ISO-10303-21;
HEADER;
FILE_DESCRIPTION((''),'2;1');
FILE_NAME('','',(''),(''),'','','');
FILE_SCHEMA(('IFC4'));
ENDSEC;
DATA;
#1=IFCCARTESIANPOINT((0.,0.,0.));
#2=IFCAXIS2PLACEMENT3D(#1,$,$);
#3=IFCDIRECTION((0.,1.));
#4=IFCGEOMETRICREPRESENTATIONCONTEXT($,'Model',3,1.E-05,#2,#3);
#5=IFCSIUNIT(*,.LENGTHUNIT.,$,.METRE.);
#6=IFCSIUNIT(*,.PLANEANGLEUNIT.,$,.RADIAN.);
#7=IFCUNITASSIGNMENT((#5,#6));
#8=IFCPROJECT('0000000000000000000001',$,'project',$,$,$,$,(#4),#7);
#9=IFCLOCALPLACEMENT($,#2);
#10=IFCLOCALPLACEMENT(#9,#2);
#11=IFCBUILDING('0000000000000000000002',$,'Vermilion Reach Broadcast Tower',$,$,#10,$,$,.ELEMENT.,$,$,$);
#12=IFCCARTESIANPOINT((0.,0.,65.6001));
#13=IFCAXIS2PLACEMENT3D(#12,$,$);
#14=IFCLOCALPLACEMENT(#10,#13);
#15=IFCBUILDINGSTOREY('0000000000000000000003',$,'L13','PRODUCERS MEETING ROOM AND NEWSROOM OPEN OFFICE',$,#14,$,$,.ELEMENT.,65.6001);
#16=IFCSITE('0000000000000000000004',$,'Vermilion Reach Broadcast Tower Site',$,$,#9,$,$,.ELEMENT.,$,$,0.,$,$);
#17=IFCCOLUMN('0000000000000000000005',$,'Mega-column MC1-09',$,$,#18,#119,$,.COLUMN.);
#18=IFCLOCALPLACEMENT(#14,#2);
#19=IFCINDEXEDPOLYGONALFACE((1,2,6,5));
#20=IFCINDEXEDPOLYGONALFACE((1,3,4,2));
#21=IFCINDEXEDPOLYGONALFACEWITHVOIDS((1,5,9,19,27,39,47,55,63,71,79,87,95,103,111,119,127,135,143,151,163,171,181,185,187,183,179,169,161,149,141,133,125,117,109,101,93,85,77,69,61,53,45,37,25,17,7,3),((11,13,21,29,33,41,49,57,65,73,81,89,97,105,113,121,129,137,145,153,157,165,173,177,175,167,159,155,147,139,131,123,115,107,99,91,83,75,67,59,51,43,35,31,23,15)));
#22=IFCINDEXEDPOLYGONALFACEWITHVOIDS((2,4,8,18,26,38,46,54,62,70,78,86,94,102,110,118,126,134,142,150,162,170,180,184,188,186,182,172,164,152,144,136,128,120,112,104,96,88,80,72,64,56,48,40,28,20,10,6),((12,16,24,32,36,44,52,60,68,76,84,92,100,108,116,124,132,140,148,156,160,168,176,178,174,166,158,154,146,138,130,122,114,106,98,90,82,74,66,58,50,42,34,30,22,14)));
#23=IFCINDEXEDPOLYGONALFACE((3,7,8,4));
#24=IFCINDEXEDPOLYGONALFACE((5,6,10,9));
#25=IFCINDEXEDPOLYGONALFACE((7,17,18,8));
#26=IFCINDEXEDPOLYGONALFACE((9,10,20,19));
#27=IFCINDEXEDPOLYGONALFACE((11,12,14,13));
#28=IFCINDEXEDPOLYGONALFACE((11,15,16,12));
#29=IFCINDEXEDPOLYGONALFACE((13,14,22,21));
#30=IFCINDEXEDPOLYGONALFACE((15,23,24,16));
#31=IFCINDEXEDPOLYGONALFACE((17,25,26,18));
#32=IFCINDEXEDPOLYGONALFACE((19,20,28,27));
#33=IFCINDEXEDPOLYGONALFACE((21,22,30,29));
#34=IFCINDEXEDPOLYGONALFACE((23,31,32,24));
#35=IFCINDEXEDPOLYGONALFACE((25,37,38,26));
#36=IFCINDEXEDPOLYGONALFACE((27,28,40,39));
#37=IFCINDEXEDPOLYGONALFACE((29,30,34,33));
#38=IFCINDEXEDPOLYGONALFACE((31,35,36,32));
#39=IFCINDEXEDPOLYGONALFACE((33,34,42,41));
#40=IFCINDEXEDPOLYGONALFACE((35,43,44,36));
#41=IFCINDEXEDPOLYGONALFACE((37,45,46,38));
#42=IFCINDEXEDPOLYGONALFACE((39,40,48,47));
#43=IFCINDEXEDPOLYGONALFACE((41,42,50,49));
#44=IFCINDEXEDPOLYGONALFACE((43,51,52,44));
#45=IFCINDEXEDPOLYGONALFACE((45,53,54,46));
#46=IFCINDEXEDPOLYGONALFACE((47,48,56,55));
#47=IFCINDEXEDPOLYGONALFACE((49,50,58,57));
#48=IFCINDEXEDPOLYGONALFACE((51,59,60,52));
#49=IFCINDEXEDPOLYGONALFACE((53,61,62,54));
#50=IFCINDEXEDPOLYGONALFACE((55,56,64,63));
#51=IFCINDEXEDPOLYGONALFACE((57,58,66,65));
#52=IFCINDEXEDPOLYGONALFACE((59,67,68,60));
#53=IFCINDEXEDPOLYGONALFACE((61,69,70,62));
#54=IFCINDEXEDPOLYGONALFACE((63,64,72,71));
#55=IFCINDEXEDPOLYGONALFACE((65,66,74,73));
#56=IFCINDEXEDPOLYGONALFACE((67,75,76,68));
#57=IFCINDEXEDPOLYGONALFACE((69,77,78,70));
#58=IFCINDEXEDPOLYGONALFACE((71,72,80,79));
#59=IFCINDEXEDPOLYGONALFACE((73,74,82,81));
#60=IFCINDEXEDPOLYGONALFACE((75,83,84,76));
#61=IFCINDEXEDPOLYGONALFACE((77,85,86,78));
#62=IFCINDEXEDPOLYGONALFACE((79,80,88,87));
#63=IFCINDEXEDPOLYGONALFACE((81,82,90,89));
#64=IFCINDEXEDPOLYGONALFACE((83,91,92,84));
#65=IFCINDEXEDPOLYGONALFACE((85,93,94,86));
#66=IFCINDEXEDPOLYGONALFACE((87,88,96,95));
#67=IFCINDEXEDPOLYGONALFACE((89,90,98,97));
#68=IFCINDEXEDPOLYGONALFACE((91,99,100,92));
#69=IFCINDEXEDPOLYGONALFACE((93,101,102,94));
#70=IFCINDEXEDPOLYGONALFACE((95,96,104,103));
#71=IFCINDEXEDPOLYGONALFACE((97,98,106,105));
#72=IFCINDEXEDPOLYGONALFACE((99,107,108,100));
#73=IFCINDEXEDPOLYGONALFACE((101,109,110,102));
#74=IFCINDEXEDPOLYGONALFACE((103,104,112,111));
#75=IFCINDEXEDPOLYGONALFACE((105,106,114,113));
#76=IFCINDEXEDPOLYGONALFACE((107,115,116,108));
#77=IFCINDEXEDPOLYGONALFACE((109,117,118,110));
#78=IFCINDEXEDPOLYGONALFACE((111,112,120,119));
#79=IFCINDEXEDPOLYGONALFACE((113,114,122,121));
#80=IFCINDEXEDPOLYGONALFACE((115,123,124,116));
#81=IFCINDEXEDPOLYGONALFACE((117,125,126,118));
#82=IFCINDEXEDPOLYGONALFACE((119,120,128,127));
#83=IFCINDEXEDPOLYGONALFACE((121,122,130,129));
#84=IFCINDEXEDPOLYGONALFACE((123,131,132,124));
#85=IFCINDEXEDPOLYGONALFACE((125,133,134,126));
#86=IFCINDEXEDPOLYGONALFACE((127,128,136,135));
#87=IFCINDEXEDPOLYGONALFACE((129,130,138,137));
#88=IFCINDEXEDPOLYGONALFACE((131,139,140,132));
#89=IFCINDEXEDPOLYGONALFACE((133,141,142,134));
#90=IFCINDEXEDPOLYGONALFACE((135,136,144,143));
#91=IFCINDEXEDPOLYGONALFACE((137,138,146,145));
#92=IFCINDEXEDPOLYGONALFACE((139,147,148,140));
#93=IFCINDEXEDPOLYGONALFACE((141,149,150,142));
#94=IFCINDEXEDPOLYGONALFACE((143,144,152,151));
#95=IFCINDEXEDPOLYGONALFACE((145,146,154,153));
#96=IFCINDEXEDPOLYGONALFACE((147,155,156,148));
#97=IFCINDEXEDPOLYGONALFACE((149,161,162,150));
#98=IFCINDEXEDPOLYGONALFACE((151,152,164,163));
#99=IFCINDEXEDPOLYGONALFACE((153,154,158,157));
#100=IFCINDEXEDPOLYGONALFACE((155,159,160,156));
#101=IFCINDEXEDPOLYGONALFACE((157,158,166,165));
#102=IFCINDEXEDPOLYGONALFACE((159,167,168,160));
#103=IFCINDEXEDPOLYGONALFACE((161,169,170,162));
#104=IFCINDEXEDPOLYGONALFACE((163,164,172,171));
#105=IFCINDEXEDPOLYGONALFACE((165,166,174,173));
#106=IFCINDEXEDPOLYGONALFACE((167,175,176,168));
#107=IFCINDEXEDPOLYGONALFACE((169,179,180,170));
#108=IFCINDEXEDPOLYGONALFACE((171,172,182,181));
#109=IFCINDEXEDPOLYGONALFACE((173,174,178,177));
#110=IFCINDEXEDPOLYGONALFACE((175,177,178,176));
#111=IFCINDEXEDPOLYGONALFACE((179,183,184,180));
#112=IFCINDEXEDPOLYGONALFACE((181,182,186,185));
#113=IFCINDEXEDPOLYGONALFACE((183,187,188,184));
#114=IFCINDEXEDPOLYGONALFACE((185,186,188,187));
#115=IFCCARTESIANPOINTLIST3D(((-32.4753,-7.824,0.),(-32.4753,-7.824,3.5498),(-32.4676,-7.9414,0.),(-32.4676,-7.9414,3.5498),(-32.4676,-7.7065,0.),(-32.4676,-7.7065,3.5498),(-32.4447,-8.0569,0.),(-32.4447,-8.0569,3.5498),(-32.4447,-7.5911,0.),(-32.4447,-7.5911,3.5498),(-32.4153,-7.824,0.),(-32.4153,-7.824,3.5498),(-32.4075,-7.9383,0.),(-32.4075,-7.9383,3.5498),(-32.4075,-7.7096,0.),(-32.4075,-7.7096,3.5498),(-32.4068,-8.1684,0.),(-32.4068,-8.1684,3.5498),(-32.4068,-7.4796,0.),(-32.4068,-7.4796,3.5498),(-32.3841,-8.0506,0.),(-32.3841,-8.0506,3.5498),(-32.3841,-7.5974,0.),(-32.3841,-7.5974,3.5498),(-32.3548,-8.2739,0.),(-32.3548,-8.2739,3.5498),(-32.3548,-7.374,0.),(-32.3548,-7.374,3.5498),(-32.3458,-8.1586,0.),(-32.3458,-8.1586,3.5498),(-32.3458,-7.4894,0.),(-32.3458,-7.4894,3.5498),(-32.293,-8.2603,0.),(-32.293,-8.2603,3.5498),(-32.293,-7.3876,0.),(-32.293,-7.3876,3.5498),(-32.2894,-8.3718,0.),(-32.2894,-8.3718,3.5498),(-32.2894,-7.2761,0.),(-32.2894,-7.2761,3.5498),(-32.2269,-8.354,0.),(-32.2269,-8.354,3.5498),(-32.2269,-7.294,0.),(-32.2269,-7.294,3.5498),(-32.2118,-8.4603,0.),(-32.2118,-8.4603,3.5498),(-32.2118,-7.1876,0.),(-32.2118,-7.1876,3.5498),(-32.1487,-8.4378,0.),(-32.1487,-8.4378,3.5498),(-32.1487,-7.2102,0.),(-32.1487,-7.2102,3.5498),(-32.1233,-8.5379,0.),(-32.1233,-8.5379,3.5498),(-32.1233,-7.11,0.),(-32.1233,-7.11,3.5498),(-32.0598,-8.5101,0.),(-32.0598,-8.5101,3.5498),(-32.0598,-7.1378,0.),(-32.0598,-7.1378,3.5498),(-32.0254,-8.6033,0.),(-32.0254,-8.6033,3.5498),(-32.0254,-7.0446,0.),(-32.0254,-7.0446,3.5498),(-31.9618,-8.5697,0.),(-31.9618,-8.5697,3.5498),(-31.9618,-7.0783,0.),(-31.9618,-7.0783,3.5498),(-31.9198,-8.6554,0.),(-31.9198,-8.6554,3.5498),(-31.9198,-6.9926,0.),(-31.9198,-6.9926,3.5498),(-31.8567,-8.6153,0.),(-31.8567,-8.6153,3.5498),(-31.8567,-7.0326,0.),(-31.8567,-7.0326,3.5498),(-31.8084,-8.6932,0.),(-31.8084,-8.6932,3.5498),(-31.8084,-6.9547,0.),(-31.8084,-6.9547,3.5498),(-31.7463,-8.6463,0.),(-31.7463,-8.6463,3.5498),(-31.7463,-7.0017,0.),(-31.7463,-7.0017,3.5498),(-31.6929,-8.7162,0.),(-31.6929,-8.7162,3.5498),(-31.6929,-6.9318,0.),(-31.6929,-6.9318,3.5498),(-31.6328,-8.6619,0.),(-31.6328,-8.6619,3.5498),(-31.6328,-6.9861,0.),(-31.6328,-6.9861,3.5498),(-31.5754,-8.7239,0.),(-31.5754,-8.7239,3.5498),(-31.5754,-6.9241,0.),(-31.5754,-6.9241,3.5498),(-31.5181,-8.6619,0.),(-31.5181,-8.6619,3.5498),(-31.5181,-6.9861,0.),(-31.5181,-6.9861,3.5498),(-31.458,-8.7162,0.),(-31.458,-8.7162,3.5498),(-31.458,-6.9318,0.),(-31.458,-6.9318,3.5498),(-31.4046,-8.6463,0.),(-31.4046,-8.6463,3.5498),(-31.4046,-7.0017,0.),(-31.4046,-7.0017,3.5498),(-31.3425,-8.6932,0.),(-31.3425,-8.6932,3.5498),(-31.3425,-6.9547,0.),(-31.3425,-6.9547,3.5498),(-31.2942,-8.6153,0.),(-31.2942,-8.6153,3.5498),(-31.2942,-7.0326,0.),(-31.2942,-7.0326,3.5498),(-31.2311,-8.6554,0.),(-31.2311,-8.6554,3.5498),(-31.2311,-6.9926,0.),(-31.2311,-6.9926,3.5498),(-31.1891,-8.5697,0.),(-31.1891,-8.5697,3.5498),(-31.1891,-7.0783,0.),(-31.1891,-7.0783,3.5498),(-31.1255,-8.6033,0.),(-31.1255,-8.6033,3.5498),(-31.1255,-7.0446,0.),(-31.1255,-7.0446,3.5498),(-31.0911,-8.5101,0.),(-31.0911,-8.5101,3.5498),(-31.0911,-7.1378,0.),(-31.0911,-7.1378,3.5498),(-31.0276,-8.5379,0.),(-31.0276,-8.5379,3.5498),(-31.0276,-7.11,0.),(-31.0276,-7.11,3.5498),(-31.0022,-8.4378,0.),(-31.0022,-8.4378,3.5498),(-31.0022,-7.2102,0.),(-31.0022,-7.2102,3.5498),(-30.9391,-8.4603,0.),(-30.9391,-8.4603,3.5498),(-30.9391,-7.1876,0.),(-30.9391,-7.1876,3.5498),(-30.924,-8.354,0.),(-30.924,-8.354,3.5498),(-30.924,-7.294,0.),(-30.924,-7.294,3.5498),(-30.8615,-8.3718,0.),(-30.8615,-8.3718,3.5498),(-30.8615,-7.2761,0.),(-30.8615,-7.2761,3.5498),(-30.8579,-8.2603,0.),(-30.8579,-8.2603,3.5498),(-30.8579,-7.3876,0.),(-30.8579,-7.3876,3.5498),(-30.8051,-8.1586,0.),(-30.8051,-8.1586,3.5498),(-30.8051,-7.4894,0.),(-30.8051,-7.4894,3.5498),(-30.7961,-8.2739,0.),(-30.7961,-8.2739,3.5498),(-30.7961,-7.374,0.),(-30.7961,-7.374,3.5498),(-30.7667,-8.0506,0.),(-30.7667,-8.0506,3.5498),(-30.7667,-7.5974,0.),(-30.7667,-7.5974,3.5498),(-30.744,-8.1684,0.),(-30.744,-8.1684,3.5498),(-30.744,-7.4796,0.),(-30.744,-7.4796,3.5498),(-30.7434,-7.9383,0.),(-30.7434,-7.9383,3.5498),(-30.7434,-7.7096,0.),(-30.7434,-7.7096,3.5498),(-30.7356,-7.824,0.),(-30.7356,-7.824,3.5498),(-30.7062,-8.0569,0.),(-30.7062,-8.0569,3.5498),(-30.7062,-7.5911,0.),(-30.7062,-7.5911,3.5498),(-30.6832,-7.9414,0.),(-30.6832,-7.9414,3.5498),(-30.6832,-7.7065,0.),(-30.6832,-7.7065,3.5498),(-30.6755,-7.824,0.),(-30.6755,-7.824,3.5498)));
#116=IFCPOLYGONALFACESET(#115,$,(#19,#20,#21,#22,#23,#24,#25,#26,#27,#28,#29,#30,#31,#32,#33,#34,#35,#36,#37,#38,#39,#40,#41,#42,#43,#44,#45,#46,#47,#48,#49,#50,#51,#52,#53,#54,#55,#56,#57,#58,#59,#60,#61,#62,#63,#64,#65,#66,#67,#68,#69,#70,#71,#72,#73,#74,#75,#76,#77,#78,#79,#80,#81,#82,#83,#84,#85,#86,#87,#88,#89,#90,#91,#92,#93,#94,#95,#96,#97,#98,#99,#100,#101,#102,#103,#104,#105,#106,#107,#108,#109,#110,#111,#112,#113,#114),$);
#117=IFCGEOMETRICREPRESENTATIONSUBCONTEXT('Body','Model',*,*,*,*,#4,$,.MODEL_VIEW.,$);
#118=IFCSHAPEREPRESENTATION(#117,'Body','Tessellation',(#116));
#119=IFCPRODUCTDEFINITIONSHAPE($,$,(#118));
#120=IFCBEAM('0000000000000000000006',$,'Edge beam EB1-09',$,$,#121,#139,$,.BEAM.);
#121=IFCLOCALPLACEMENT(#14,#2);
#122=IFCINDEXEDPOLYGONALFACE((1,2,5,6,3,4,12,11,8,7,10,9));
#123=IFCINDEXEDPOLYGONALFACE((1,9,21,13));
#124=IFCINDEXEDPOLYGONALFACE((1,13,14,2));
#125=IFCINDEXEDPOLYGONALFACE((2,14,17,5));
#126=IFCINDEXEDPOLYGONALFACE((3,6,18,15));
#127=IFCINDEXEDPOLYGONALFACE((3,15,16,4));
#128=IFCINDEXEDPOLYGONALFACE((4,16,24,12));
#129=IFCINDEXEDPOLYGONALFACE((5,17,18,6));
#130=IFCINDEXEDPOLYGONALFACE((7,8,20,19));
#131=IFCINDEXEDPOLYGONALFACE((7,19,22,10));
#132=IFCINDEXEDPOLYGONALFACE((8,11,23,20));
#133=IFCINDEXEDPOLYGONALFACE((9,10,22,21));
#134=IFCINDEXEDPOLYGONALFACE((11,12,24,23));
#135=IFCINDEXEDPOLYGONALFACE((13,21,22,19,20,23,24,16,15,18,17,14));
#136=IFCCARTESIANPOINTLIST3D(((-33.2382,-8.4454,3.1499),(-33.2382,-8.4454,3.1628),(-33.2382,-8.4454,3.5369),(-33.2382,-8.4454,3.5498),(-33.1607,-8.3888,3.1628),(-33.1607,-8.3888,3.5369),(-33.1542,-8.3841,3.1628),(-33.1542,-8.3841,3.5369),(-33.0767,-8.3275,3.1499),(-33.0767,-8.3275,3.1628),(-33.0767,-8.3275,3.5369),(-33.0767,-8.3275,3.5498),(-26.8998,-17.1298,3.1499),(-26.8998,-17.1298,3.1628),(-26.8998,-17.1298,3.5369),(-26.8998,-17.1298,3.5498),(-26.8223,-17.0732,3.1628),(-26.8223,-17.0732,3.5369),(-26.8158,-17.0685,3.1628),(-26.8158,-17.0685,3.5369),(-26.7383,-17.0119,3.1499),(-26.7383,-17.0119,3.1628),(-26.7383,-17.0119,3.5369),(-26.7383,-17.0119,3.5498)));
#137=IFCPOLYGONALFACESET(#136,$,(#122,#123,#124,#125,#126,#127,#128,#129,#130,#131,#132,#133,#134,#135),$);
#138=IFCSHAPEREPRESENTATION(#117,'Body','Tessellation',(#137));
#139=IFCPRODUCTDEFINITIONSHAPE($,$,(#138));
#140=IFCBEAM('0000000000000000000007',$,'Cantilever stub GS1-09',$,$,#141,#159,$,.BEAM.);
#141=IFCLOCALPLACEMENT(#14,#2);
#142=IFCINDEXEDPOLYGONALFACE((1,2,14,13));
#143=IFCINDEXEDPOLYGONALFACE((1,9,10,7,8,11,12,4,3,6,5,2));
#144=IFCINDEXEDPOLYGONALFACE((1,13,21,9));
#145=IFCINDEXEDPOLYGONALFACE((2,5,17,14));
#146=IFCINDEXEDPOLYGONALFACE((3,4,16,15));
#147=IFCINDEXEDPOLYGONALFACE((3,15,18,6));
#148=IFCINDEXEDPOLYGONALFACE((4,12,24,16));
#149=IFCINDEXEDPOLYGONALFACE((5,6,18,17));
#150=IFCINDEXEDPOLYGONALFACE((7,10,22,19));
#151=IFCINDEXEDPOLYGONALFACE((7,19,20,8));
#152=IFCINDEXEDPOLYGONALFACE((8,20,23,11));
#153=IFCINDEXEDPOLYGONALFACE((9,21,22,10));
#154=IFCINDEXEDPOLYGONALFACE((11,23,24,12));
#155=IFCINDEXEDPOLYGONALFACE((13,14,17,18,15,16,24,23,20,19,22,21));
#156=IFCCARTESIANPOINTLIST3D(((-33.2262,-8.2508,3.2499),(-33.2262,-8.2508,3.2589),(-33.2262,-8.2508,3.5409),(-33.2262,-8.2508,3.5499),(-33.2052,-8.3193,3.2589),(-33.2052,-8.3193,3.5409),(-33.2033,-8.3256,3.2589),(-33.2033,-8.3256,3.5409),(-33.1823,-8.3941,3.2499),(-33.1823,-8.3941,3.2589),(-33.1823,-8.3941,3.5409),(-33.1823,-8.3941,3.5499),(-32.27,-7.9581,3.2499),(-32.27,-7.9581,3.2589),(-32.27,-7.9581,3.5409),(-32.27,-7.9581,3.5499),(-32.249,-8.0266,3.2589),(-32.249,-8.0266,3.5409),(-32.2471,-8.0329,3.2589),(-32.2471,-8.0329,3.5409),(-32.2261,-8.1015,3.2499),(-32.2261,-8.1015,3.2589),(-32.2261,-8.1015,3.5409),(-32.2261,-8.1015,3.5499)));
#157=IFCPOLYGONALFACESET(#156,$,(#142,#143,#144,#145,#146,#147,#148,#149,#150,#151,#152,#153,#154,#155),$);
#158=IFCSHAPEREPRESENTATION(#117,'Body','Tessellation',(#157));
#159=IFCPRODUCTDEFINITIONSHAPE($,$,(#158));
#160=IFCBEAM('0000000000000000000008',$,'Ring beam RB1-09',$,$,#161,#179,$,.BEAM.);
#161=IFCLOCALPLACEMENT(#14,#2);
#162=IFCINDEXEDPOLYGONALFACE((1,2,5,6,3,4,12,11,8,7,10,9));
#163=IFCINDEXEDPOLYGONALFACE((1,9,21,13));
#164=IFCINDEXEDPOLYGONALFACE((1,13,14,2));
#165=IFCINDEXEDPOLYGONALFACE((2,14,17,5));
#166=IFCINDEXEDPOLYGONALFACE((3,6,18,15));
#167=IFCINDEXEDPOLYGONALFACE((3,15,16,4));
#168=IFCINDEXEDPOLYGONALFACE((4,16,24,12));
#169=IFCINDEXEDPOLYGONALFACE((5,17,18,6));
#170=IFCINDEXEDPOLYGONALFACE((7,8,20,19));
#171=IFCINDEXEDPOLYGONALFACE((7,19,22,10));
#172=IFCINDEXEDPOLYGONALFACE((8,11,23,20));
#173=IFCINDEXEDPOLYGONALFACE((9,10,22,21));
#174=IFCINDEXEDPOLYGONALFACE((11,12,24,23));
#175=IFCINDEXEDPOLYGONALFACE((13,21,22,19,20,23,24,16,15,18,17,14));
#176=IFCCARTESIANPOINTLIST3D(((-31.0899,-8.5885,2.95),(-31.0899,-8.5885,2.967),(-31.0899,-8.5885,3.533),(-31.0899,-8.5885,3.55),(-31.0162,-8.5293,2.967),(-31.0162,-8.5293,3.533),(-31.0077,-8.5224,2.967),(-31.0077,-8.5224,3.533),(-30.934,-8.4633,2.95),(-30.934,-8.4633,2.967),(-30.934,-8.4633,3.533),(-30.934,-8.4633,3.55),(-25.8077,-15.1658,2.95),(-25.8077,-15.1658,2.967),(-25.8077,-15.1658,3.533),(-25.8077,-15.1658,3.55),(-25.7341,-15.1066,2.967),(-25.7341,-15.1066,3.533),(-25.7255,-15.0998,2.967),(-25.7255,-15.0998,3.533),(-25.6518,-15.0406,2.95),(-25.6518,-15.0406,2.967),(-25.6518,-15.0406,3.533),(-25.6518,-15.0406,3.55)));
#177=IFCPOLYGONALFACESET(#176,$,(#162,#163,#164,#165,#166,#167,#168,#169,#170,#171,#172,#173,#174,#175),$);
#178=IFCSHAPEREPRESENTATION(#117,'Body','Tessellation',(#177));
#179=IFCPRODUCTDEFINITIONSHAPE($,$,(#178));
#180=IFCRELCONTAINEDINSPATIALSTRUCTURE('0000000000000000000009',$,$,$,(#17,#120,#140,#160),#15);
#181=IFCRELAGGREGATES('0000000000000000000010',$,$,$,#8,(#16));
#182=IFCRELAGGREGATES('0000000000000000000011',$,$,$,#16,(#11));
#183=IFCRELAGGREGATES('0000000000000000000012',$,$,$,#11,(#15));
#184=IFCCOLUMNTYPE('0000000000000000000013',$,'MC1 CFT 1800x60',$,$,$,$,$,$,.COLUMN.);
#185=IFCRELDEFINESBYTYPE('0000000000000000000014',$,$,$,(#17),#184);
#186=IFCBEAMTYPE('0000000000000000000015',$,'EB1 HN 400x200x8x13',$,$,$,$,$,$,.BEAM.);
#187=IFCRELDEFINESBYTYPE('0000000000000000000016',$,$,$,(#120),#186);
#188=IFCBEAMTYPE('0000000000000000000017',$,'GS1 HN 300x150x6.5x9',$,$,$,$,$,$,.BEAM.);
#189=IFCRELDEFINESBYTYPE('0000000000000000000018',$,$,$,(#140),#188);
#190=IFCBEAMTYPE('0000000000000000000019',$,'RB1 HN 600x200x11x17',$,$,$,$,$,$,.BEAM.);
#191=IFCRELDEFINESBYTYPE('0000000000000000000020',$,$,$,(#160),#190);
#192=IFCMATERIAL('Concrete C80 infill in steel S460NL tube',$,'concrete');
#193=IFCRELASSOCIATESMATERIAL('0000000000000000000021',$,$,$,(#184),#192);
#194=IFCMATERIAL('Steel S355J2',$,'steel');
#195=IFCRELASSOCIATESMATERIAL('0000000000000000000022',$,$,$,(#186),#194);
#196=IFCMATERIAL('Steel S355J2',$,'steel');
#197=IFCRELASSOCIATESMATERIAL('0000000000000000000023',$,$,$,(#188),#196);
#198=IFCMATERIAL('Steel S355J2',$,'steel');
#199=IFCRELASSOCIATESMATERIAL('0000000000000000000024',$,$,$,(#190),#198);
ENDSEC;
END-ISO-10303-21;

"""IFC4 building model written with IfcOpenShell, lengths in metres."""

from ifc_helpers import new_model, si_unit, direction, frame, origin, origin_2d, place, context, subcontext, project, spatial, hollow_circle, i_section, extrude, material, material_profile, profile_set, type_object, element, save


model = new_model("IFC4")

# Units and contexts
model_context = context("Model", 3, precision=1e-05, world=origin(), true_north=direction((0.0, 1.0)))
body_context = subcontext(model_context, "Body", "Model", "MODEL_VIEW")
ifc_project = project(units=[si_unit("LENGTHUNIT", "METRE"), si_unit("PLANEANGLEUNIT", "RADIAN")], contexts=[model_context])

# Site, building, storey
site_placement = place(None, origin())
site = spatial("IfcSite", under=ifc_project, at=site_placement, Name="Vermilion Reach Broadcast Tower Site", CompositionType="ELEMENT", RefElevation=0.0)
building_placement = place(site_placement, origin())
building = spatial("IfcBuilding", under=site, at=building_placement, Name="Vermilion Reach Broadcast Tower", CompositionType="ELEMENT")
storey_placement = place(building_placement, frame((0.0, 0.0, 65.6001)))
storey = spatial("IfcBuildingStorey", under=building, at=storey_placement, Name="L13", Description="PRODUCERS MEETING ROOM AND NEWSROOM OPEN OFFICE", CompositionType="ELEMENT", Elevation=65.6001)

# Column
ifc_material_1 = material(Name="Concrete C80 infill in steel S460NL tube", Category="concrete")
ifc_material_profile_1 = material_profile(ifc_material_1, hollow_circle(Radius=0.8999, WallThickness=0.0601, at=origin_2d()), Name="Concrete C80 infill in steel S460NL tube CFT 1800x60")
ifc_profile_set_1 = profile_set([ifc_material_profile_1], Name="Concrete C80 infill in steel S460NL tube")
column_type = type_object("IfcColumnType", Name="MC1 CFT 1800x60", PredefinedType="COLUMN", material=ifc_profile_set_1)
column_placement = place(storey_placement, frame((-31.5754, -7.824, 0.0), z_axis=(0.0, 0.0, 1.0), x_axis=(1.0, 0.0, 0.0)))
element("IfcColumn", 1, at=column_placement, inside=storey, type_object=column_type, Name="Mega-column MC1-09", PredefinedType="COLUMN", context=body_context, shape_type="SweptSolid", body=[
    extrude(hollow_circle(Radius=0.8999, WallThickness=0.0601, at=origin_2d()), origin(), (0.0, 0.0, 1.0), 3.5498),
])

# Beams
ifc_material_2 = material(Name="Steel S355J2", Category="steel")
ifc_material_profile_2 = material_profile(ifc_material_2, i_section(OverallWidth=0.2, OverallDepth=0.3999, WebThickness=0.0081, FlangeThickness=0.0129, at=origin_2d()), Name="S355J2 HN 400x200x8x13")
ifc_profile_set_2 = profile_set([ifc_material_profile_2], Name="Steel S355J2")
beam_type_1 = type_object("IfcBeamType", Name="EB1 HN 400x200x8x13", PredefinedType="BEAM", material=ifc_profile_set_2)
beam_1_placement = place(storey_placement, frame((-33.1575, -8.3865, 3.3499), z_axis=(0.58954, -0.807739, 0.0), x_axis=(0.807739, 0.58954, 0.0)))
element("IfcBeam", 2, at=beam_1_placement, inside=storey, type_object=beam_type_1, Name="Edge beam EB1-09", PredefinedType="BEAM", context=body_context, shape_type="SweptSolid", body=[
    extrude(i_section(OverallWidth=0.2, OverallDepth=0.3999, WebThickness=0.0081, FlangeThickness=0.0129, at=origin_2d()), origin(), (0.0, 0.0, 1.0), 10.7515),
])
ifc_material_3 = material(Name="Steel S355J2", Category="steel")
ifc_material_profile_3 = material_profile(ifc_material_3, i_section(OverallWidth=0.1499, OverallDepth=0.3, WebThickness=0.0066, FlangeThickness=0.009, at=origin_2d()), Name="S355J2 HN 300x150x6.5x9")
ifc_profile_set_3 = profile_set([ifc_material_profile_3], Name="Steel S355J2")
beam_type_2 = type_object("IfcBeamType", Name="GS1 HN 300x150x6.5x9", PredefinedType="BEAM", material=ifc_profile_set_3)
beam_2_placement = place(storey_placement, frame((-32.248, -8.0298, 3.3999), z_axis=(-0.956206, -0.292696, 0.0), x_axis=(0.292696, -0.956206, 0.0)))
element("IfcBeam", 3, at=beam_2_placement, inside=storey, type_object=beam_type_2, Name="Cantilever stub GS1-09", PredefinedType="BEAM", context=body_context, shape_type="SweptSolid", body=[
    extrude(i_section(OverallWidth=0.1499, OverallDepth=0.3, WebThickness=0.0066, FlangeThickness=0.009, at=origin_2d()), origin(), (0.0, 0.0, 1.0), 1.0),
])
ifc_material_4 = material(Name="Steel S355J2", Category="steel")
ifc_material_profile_4 = material_profile(ifc_material_4, i_section(OverallWidth=0.2, OverallDepth=0.6001, WebThickness=0.011, FlangeThickness=0.0171, at=origin_2d()), Name="S355J2 HN 600x200x11x17")
ifc_profile_set_4 = profile_set([ifc_material_profile_4], Name="Steel S355J2")
beam_type_3 = type_object("IfcBeamType", Name="RB1 HN 600x200x11x17", PredefinedType="BEAM", material=ifc_profile_set_4)
beam_3_placement = place(storey_placement, frame((-31.012, -8.5259, 3.25), z_axis=(0.626162, -0.779693, 0.0), x_axis=(0.779693, 0.626162, 0.0)))
element("IfcBeam", 4, at=beam_3_placement, inside=storey, type_object=beam_type_3, Name="Ring beam RB1-09", PredefinedType="BEAM", context=body_context, shape_type="SweptSolid", body=[
    extrude(i_section(OverallWidth=0.2, OverallDepth=0.6001, WebThickness=0.011, FlangeThickness=0.0171, at=origin_2d()), origin(), (0.0, 0.0, 1.0), 8.4358),
])

save(model, "model.ifc")
